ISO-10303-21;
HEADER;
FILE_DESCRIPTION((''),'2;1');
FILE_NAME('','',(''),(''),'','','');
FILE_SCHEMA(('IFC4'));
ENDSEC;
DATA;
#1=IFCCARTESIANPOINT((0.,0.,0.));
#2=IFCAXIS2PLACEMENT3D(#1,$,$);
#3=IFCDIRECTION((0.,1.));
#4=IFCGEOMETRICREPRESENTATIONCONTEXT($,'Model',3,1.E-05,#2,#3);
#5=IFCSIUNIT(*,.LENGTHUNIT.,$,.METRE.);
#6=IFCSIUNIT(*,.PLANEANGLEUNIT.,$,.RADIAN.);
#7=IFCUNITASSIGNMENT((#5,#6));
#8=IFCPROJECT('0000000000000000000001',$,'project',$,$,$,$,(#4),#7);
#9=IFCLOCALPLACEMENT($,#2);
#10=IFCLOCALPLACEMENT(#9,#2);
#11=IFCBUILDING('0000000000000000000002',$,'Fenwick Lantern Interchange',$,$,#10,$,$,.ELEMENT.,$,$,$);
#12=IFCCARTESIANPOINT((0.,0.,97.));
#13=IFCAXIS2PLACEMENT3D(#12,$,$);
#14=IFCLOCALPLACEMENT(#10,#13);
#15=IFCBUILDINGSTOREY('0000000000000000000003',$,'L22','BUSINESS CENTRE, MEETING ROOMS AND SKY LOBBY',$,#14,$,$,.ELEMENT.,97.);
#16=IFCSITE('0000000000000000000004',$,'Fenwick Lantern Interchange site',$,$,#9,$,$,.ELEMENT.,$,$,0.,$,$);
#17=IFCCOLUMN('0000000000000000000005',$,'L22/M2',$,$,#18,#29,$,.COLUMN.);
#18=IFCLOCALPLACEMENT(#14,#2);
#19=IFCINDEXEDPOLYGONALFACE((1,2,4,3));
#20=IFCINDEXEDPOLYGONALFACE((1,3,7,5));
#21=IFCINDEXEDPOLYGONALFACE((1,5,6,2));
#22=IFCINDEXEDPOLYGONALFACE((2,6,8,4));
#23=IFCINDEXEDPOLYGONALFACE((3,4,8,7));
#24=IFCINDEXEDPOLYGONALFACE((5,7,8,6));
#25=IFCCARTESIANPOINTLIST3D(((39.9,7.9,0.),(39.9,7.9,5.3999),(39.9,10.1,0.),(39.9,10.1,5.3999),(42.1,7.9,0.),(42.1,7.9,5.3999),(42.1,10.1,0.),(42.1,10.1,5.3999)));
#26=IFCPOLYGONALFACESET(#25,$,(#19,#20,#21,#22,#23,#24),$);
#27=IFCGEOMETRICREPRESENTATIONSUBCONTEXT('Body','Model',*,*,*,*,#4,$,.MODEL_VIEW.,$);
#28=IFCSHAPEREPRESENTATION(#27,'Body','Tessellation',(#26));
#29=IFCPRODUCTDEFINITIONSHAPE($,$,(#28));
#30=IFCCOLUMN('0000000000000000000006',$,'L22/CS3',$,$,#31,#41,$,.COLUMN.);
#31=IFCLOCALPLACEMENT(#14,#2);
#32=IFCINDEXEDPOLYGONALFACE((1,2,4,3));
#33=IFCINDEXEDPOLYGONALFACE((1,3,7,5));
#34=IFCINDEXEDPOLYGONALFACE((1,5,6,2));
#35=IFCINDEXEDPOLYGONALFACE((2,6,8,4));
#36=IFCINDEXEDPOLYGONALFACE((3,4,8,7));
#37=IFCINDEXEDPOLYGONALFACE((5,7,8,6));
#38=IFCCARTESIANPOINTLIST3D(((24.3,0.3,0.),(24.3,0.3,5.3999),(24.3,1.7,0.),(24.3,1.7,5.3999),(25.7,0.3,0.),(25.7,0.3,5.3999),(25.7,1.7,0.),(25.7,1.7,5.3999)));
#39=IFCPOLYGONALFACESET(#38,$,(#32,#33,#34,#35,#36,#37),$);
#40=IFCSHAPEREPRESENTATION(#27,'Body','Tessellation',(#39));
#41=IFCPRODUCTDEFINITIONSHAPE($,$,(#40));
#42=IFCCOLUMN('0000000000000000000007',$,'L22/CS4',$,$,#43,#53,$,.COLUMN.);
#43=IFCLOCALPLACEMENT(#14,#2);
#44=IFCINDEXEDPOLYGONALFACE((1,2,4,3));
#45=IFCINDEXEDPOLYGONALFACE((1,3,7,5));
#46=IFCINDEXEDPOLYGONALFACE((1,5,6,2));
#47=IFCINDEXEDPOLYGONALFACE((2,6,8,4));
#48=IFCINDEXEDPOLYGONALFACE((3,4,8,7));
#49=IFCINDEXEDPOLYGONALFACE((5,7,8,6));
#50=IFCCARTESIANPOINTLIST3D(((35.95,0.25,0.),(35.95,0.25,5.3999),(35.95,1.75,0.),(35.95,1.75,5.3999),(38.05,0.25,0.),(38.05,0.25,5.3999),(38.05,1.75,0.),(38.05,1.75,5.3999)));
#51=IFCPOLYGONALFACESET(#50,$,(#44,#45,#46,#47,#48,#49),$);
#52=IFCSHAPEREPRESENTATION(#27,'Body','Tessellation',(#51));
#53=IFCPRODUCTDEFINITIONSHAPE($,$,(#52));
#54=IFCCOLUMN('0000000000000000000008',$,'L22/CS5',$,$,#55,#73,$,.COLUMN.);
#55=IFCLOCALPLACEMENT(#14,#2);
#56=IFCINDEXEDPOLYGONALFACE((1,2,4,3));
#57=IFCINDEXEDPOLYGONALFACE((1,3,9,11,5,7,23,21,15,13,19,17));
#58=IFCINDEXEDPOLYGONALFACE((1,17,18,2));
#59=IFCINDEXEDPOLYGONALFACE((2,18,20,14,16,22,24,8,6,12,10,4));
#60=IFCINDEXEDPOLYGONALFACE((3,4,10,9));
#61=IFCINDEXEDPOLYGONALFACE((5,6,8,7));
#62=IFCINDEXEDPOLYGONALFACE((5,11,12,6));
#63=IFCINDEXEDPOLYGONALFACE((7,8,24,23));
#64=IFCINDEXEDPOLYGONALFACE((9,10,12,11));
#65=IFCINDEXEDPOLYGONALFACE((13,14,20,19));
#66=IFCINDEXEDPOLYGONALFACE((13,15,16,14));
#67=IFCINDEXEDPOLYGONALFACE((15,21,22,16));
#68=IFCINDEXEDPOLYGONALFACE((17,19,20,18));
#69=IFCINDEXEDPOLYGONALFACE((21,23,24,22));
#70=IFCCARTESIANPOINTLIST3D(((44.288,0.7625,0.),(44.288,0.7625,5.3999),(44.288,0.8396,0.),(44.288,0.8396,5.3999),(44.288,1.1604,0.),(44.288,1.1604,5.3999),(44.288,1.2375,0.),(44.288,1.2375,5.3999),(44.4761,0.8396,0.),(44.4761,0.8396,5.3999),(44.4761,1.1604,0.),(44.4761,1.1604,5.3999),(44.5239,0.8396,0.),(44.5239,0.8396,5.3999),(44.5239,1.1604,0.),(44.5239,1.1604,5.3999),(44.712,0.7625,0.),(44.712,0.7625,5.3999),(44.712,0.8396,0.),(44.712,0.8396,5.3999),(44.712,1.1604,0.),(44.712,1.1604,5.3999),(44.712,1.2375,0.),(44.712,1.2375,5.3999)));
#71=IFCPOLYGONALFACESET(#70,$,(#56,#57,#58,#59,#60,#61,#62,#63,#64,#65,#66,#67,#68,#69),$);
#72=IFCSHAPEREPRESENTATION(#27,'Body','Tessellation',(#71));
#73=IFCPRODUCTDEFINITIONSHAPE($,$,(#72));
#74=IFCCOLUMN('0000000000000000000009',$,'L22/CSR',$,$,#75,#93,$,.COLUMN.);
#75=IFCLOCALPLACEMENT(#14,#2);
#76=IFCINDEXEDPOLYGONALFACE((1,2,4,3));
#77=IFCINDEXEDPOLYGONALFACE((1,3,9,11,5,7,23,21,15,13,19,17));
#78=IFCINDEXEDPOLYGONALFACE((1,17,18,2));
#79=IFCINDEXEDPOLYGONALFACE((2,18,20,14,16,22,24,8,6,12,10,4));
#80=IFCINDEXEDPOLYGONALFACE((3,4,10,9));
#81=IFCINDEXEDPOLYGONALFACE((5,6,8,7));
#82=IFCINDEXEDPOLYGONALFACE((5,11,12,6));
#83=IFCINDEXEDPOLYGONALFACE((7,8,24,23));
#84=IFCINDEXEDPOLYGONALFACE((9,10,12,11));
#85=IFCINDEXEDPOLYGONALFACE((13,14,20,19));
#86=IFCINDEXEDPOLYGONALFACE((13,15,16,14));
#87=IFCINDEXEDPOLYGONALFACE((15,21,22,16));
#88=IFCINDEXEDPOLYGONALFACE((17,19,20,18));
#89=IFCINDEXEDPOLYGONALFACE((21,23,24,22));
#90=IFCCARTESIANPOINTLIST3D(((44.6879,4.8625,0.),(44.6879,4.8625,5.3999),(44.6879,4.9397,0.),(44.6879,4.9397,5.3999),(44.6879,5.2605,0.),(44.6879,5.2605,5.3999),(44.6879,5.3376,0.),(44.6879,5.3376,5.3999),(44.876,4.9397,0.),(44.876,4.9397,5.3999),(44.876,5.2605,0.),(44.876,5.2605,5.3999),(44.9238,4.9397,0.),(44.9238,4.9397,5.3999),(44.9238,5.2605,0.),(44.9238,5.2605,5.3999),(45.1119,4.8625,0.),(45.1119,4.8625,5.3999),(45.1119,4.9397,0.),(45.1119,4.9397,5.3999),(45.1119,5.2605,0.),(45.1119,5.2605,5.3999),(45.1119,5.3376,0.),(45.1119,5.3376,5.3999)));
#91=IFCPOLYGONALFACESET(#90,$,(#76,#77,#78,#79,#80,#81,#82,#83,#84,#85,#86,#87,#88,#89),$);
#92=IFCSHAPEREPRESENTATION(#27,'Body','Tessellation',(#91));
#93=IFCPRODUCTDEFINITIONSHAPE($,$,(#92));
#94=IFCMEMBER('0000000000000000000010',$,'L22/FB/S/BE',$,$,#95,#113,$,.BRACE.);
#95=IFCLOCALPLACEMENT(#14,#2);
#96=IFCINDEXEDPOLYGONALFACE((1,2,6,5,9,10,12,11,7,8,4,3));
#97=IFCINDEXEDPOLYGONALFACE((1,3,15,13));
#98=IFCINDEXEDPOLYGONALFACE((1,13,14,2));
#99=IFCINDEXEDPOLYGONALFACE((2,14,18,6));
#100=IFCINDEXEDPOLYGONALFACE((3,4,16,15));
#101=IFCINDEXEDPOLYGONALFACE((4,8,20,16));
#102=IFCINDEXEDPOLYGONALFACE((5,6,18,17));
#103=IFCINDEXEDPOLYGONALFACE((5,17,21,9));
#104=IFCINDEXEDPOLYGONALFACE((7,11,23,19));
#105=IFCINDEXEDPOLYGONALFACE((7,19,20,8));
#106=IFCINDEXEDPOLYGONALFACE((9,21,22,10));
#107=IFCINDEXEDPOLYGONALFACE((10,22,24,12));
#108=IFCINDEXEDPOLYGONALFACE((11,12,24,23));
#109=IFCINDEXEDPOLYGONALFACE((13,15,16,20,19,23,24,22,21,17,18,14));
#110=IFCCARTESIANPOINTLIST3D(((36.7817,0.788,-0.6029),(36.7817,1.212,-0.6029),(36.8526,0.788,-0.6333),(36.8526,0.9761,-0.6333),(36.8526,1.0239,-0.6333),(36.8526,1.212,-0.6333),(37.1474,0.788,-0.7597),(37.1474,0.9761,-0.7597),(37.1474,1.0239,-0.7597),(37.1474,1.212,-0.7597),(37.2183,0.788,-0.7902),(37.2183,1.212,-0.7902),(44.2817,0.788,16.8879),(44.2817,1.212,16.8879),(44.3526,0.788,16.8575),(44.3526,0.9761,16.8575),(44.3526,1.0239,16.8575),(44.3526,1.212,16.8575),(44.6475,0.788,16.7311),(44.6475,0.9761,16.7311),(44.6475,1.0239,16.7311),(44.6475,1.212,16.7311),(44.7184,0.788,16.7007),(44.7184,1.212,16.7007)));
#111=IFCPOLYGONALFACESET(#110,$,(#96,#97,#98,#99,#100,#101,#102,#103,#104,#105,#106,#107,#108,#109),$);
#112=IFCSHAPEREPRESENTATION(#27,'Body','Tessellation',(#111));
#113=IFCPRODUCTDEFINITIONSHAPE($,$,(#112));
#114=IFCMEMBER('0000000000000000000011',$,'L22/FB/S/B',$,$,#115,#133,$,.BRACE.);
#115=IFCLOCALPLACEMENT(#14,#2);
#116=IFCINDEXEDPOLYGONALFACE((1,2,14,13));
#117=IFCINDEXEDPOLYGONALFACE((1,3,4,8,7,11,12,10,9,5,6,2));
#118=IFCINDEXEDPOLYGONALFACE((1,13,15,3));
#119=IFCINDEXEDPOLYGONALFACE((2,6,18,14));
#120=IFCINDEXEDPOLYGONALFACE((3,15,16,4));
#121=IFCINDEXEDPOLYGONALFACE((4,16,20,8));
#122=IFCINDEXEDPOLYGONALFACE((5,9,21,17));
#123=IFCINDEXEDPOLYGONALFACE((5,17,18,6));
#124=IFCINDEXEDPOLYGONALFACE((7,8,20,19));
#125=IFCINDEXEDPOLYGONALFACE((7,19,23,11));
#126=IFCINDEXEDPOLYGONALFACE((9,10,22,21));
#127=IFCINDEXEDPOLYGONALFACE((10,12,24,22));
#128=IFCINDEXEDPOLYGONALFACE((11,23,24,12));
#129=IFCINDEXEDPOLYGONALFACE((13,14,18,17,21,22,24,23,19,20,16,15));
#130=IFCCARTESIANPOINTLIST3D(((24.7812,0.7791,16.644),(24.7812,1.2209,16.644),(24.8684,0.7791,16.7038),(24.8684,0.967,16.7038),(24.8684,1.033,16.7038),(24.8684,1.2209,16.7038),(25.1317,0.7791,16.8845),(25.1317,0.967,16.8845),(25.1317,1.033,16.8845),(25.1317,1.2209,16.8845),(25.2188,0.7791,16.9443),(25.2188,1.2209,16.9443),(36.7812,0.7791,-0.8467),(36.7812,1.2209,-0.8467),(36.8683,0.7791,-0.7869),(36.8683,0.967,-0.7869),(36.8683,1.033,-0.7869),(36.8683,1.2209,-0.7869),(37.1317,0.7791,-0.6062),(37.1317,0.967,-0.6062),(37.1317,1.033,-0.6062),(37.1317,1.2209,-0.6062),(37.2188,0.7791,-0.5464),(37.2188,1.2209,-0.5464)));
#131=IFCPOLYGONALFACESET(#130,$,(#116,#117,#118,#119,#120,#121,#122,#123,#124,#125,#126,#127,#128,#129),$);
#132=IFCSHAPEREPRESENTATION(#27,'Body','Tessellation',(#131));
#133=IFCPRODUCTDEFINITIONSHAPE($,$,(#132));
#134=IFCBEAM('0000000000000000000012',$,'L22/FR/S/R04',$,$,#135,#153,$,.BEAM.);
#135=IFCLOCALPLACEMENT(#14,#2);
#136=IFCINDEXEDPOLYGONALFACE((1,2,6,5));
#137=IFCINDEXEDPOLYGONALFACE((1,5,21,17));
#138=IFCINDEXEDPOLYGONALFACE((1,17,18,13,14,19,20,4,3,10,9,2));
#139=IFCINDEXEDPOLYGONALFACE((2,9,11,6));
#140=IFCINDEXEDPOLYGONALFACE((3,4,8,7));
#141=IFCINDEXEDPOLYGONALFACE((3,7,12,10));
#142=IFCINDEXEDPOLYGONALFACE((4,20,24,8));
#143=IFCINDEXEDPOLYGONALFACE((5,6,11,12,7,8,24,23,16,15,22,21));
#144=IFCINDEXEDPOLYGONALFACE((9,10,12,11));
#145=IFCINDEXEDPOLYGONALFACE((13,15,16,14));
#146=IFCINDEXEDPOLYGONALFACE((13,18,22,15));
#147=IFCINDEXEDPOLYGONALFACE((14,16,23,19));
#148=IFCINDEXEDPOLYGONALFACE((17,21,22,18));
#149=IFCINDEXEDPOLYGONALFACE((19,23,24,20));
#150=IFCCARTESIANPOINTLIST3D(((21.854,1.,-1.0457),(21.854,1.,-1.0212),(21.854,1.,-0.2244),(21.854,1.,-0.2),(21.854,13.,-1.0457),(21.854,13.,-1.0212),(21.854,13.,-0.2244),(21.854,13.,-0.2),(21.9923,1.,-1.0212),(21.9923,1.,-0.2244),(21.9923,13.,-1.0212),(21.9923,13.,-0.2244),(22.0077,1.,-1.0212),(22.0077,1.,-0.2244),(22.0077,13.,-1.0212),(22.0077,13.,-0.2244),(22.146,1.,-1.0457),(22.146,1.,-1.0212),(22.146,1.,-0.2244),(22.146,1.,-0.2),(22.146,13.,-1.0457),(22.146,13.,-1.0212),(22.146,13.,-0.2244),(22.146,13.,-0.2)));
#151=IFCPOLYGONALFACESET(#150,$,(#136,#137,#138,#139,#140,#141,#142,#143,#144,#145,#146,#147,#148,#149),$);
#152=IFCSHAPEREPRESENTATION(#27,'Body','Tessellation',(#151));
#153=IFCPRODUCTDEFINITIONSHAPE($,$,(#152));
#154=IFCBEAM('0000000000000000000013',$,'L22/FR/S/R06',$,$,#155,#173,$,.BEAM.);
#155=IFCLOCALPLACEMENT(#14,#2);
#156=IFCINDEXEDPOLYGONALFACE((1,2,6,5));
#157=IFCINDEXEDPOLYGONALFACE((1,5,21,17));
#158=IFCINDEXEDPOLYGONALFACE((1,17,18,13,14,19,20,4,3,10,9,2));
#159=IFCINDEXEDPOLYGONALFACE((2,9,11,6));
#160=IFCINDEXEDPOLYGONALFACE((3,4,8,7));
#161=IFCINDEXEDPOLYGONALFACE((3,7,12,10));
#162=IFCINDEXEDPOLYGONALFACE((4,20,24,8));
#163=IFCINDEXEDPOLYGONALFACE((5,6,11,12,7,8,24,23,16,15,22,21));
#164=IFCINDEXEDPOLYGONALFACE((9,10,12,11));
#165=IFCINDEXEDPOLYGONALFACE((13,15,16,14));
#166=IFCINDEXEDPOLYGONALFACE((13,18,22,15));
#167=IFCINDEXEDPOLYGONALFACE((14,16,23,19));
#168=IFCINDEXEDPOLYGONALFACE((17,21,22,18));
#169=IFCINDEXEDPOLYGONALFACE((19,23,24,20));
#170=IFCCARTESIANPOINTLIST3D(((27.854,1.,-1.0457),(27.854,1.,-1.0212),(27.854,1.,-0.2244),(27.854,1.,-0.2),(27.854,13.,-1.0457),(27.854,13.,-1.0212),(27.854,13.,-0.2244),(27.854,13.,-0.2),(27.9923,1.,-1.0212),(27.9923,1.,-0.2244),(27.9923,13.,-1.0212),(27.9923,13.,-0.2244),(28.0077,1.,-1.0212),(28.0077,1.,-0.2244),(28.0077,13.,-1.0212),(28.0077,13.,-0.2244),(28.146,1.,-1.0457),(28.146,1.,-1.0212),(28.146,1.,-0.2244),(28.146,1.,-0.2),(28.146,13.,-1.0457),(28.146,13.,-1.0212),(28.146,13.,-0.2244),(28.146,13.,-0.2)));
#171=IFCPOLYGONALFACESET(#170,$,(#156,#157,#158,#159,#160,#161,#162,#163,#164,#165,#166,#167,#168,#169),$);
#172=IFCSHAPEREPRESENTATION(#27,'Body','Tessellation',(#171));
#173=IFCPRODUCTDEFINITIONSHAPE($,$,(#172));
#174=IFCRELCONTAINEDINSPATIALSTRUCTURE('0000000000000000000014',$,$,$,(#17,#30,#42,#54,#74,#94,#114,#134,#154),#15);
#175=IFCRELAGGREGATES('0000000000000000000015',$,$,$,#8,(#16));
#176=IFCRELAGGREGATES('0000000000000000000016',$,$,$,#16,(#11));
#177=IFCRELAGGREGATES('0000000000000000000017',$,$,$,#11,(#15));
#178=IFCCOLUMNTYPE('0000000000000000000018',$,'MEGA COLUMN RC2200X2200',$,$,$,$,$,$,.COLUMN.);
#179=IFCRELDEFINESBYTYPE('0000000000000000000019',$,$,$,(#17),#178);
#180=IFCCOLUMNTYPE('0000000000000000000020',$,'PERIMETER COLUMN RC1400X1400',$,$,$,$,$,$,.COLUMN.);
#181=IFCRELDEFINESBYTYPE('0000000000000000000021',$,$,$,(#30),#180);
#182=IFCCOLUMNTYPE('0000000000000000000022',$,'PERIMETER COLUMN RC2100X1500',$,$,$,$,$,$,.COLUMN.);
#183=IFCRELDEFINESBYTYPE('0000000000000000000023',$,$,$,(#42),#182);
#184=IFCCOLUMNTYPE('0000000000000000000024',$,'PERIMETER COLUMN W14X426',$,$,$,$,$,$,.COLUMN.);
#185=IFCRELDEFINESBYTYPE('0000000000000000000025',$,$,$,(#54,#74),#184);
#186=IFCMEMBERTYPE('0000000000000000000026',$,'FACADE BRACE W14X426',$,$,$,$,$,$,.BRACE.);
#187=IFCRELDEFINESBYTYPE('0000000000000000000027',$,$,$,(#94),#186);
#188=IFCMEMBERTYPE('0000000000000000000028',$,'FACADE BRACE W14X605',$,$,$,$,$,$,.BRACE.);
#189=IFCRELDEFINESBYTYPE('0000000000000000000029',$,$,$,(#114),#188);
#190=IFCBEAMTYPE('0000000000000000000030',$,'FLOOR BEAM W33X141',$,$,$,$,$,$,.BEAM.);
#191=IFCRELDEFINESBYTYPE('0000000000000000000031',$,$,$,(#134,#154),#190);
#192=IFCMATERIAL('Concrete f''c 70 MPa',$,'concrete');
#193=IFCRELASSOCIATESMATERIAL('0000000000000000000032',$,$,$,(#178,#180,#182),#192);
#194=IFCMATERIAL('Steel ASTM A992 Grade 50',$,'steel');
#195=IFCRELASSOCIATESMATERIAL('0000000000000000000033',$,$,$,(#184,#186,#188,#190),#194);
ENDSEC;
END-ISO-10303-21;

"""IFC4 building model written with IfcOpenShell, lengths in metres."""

from ifc_helpers import new_model, si_unit, direction, frame, origin, origin_2d, place, context, subcontext, project, spatial, rectangle, i_section, extrude, material, material_profile, profile_set, type_object, element, save


model = new_model("IFC4")

# Units and contexts
model_context = context("Model", 3, precision=1e-05, world=origin(), true_north=direction((0.0, 1.0)))
body_context = subcontext(model_context, "Body", "Model", "MODEL_VIEW")
ifc_project = project(units=[si_unit("LENGTHUNIT", "METRE"), si_unit("PLANEANGLEUNIT", "RADIAN")], contexts=[model_context])

# Site, building, storey
site_placement = place(None, origin())
site = spatial("IfcSite", under=ifc_project, at=site_placement, Name="Fenwick Lantern Interchange site", CompositionType="ELEMENT", RefElevation=0.0)
building_placement = place(site_placement, origin())
building = spatial("IfcBuilding", under=site, at=building_placement, Name="Fenwick Lantern Interchange", CompositionType="ELEMENT")
storey_placement = place(building_placement, frame((0.0, 0.0, 97.0)))
storey = spatial("IfcBuildingStorey", under=building, at=storey_placement, Name="L22", Description="BUSINESS CENTRE, MEETING ROOMS AND SKY LOBBY", CompositionType="ELEMENT", Elevation=97.0)

# Columns
ifc_material_1 = material(Name="Concrete f'c 70 MPa", Category="concrete")
ifc_material_profile_1 = material_profile(ifc_material_1, rectangle(XDim=2.2, YDim=2.2, at=origin_2d()), Name="RC2200X2200")
ifc_profile_set_1 = profile_set([ifc_material_profile_1], Name="Concrete f'c 70 MPa")
column_type_1 = type_object("IfcColumnType", Name="MEGA COLUMN RC2200X2200", PredefinedType="COLUMN", material=ifc_profile_set_1)
column_1_placement = place(storey_placement, frame((41.0, 9.0, 0.0), z_axis=(0.0, 0.0, 1.0), x_axis=(1.0, 0.0, 0.0)))
element("IfcColumn", 1, at=column_1_placement, inside=storey, type_object=column_type_1, Name="L22/M2", PredefinedType="COLUMN", context=body_context, shape_type="SweptSolid", body=[
    extrude(rectangle(XDim=2.2, YDim=2.2, at=origin_2d()), origin(), (0.0, 0.0, 1.0), 5.3999),
])
ifc_material_profile_2 = material_profile(ifc_material_1, rectangle(XDim=1.3999, YDim=1.3999, at=origin_2d()), Name="RC1400X1400")
ifc_profile_set_2 = profile_set([ifc_material_profile_2], Name="Concrete f'c 70 MPa")
column_type_2 = type_object("IfcColumnType", Name="PERIMETER COLUMN RC1400X1400", PredefinedType="COLUMN", material=ifc_profile_set_2)
column_2_placement = place(storey_placement, frame((25.0, 1.0, 0.0), z_axis=(0.0, 0.0, 1.0), x_axis=(1.0, 0.0, 0.0)))
element("IfcColumn", 2, at=column_2_placement, inside=storey, type_object=column_type_2, Name="L22/CS3", PredefinedType="COLUMN", context=body_context, shape_type="SweptSolid", body=[
    extrude(rectangle(XDim=1.3999, YDim=1.3999, at=origin_2d()), origin(), (0.0, 0.0, 1.0), 5.3999),
])
ifc_material_profile_3 = material_profile(ifc_material_1, rectangle(XDim=2.1001, YDim=1.5, at=origin_2d()), Name="RC2100X1500")
ifc_profile_set_3 = profile_set([ifc_material_profile_3], Name="Concrete f'c 70 MPa")
column_type_3 = type_object("IfcColumnType", Name="PERIMETER COLUMN RC2100X1500", PredefinedType="COLUMN", material=ifc_profile_set_3)
column_3_placement = place(storey_placement, frame((37.0, 1.0, 0.0), z_axis=(0.0, 0.0, 1.0), x_axis=(1.0, 0.0, 0.0)))
element("IfcColumn", 3, at=column_3_placement, inside=storey, type_object=column_type_3, Name="L22/CS4", PredefinedType="COLUMN", context=body_context, shape_type="SweptSolid", body=[
    extrude(rectangle(XDim=2.1001, YDim=1.5, at=origin_2d()), origin(), (0.0, 0.0, 1.0), 5.3999),
])
ifc_material_2 = material(Name="Steel ASTM A992 Grade 50", Category="steel")
ifc_material_profile_4 = material_profile(ifc_material_2, i_section(OverallWidth=0.4241, OverallDepth=0.4751, WebThickness=0.0479, FlangeThickness=0.0771, at=origin_2d()), Name="W14X426")
ifc_profile_set_4 = profile_set([ifc_material_profile_4], Name="Steel ASTM A992 Grade 50")
column_type_4 = type_object("IfcColumnType", Name="PERIMETER COLUMN W14X426", PredefinedType="COLUMN", material=ifc_profile_set_4)
for number, where, z_axis, x_axis, name in (
    (4, (44.5, 1.0, 0.0), (0.0, 0.0, 1.0), (1.0, 0.0, 0.0), "L22/CS5"),
    (5, (44.8999, 5.1001, 0.0), (0.0, 0.0, 1.0), (1.0, 0.0, 0.0), "L22/CSR"),
):
    element("IfcColumn", number, at=place(storey_placement, frame(where, z_axis=z_axis, x_axis=x_axis)), inside=storey, type_object=column_type_4, Name=name, PredefinedType="COLUMN", context=body_context, shape_type="SweptSolid", body=[
        extrude(i_section(OverallWidth=0.4241, OverallDepth=0.4751, WebThickness=0.0479, FlangeThickness=0.0771, at=origin_2d()), origin(), (0.0, 0.0, 1.0), 5.3999),
    ])

# Members
ifc_material_profile_5 = material_profile(ifc_material_2, i_section(OverallWidth=0.4241, OverallDepth=0.4751, WebThickness=0.0479, FlangeThickness=0.0771, at=origin_2d()), Name="W14X426")
ifc_profile_set_5 = profile_set([ifc_material_profile_5], Name="Steel ASTM A992 Grade 50")
member_type_1 = type_object("IfcMemberType", Name="FACADE BRACE W14X426", PredefinedType="BRACE", material=ifc_profile_set_5)
member_1_placement = place(storey_placement, frame((37.0, 1.0, -0.6965), z_axis=(0.394096, 0.0, 0.919069), x_axis=(0.0, 1.0, 0.0)))
element("IfcMember", 6, at=member_1_placement, inside=storey, type_object=member_type_1, Name="L22/FB/S/BE", PredefinedType="BRACE", context=body_context, shape_type="SweptSolid", body=[
    extrude(i_section(OverallWidth=0.4241, OverallDepth=0.4751, WebThickness=0.0479, FlangeThickness=0.0771, at=origin_2d()), origin(), (0.0, 0.0, 1.0), 19.031),
])
ifc_material_profile_6 = material_profile(ifc_material_2, i_section(OverallWidth=0.4419, OverallDepth=0.5308, WebThickness=0.0659, FlangeThickness=0.1057, at=origin_2d()), Name="W14X605")
ifc_profile_set_6 = profile_set([ifc_material_profile_6], Name="Steel ASTM A992 Grade 50")
member_type_2 = type_object("IfcMemberType", Name="FACADE BRACE W14X605", PredefinedType="BRACE", material=ifc_profile_set_6)
member_2_placement = place(storey_placement, frame((37.0, 1.0, -0.6965), z_axis=(-0.565732, 0.0, 0.824589), x_axis=(0.0, -1.0, 0.0)))
element("IfcMember", 7, at=member_2_placement, inside=storey, type_object=member_type_2, Name="L22/FB/S/B", PredefinedType="BRACE", context=body_context, shape_type="SweptSolid", body=[
    extrude(i_section(OverallWidth=0.4419, OverallDepth=0.5308, WebThickness=0.0659, FlangeThickness=0.1057, at=origin_2d()), origin(), (0.0, 0.0, 1.0), 21.2114),
])

# Beams
ifc_material_profile_7 = material_profile(ifc_material_2, i_section(OverallWidth=0.292, OverallDepth=0.8457, WebThickness=0.0154, FlangeThickness=0.0244, at=origin_2d()), Name="W33X141")
ifc_profile_set_7 = profile_set([ifc_material_profile_7], Name="Steel ASTM A992 Grade 50")
beam_type_1 = type_object("IfcBeamType", Name="FLOOR BEAM W33X141", PredefinedType="BEAM", material=ifc_profile_set_7)
for number, where, z_axis, x_axis, name in (
    (8, (22.0, 1.0, -0.6228), (0.0, 1.0, 0.0), (-1.0, 0.0, 0.0), "L22/FR/S/R04"),
    (9, (28.0, 1.0, -0.6228), (0.0, 1.0, 0.0), (-1.0, 0.0, 0.0), "L22/FR/S/R06"),
):
    element("IfcBeam", number, at=place(storey_placement, frame(where, z_axis=z_axis, x_axis=x_axis)), inside=storey, type_object=beam_type_1, Name=name, PredefinedType="BEAM", context=body_context, shape_type="SweptSolid", body=[
        extrude(i_section(OverallWidth=0.292, OverallDepth=0.8457, WebThickness=0.0154, FlangeThickness=0.0244, at=origin_2d()), origin(), (0.0, 0.0, 1.0), 12.0),
    ])

save(model, "model.ifc")
